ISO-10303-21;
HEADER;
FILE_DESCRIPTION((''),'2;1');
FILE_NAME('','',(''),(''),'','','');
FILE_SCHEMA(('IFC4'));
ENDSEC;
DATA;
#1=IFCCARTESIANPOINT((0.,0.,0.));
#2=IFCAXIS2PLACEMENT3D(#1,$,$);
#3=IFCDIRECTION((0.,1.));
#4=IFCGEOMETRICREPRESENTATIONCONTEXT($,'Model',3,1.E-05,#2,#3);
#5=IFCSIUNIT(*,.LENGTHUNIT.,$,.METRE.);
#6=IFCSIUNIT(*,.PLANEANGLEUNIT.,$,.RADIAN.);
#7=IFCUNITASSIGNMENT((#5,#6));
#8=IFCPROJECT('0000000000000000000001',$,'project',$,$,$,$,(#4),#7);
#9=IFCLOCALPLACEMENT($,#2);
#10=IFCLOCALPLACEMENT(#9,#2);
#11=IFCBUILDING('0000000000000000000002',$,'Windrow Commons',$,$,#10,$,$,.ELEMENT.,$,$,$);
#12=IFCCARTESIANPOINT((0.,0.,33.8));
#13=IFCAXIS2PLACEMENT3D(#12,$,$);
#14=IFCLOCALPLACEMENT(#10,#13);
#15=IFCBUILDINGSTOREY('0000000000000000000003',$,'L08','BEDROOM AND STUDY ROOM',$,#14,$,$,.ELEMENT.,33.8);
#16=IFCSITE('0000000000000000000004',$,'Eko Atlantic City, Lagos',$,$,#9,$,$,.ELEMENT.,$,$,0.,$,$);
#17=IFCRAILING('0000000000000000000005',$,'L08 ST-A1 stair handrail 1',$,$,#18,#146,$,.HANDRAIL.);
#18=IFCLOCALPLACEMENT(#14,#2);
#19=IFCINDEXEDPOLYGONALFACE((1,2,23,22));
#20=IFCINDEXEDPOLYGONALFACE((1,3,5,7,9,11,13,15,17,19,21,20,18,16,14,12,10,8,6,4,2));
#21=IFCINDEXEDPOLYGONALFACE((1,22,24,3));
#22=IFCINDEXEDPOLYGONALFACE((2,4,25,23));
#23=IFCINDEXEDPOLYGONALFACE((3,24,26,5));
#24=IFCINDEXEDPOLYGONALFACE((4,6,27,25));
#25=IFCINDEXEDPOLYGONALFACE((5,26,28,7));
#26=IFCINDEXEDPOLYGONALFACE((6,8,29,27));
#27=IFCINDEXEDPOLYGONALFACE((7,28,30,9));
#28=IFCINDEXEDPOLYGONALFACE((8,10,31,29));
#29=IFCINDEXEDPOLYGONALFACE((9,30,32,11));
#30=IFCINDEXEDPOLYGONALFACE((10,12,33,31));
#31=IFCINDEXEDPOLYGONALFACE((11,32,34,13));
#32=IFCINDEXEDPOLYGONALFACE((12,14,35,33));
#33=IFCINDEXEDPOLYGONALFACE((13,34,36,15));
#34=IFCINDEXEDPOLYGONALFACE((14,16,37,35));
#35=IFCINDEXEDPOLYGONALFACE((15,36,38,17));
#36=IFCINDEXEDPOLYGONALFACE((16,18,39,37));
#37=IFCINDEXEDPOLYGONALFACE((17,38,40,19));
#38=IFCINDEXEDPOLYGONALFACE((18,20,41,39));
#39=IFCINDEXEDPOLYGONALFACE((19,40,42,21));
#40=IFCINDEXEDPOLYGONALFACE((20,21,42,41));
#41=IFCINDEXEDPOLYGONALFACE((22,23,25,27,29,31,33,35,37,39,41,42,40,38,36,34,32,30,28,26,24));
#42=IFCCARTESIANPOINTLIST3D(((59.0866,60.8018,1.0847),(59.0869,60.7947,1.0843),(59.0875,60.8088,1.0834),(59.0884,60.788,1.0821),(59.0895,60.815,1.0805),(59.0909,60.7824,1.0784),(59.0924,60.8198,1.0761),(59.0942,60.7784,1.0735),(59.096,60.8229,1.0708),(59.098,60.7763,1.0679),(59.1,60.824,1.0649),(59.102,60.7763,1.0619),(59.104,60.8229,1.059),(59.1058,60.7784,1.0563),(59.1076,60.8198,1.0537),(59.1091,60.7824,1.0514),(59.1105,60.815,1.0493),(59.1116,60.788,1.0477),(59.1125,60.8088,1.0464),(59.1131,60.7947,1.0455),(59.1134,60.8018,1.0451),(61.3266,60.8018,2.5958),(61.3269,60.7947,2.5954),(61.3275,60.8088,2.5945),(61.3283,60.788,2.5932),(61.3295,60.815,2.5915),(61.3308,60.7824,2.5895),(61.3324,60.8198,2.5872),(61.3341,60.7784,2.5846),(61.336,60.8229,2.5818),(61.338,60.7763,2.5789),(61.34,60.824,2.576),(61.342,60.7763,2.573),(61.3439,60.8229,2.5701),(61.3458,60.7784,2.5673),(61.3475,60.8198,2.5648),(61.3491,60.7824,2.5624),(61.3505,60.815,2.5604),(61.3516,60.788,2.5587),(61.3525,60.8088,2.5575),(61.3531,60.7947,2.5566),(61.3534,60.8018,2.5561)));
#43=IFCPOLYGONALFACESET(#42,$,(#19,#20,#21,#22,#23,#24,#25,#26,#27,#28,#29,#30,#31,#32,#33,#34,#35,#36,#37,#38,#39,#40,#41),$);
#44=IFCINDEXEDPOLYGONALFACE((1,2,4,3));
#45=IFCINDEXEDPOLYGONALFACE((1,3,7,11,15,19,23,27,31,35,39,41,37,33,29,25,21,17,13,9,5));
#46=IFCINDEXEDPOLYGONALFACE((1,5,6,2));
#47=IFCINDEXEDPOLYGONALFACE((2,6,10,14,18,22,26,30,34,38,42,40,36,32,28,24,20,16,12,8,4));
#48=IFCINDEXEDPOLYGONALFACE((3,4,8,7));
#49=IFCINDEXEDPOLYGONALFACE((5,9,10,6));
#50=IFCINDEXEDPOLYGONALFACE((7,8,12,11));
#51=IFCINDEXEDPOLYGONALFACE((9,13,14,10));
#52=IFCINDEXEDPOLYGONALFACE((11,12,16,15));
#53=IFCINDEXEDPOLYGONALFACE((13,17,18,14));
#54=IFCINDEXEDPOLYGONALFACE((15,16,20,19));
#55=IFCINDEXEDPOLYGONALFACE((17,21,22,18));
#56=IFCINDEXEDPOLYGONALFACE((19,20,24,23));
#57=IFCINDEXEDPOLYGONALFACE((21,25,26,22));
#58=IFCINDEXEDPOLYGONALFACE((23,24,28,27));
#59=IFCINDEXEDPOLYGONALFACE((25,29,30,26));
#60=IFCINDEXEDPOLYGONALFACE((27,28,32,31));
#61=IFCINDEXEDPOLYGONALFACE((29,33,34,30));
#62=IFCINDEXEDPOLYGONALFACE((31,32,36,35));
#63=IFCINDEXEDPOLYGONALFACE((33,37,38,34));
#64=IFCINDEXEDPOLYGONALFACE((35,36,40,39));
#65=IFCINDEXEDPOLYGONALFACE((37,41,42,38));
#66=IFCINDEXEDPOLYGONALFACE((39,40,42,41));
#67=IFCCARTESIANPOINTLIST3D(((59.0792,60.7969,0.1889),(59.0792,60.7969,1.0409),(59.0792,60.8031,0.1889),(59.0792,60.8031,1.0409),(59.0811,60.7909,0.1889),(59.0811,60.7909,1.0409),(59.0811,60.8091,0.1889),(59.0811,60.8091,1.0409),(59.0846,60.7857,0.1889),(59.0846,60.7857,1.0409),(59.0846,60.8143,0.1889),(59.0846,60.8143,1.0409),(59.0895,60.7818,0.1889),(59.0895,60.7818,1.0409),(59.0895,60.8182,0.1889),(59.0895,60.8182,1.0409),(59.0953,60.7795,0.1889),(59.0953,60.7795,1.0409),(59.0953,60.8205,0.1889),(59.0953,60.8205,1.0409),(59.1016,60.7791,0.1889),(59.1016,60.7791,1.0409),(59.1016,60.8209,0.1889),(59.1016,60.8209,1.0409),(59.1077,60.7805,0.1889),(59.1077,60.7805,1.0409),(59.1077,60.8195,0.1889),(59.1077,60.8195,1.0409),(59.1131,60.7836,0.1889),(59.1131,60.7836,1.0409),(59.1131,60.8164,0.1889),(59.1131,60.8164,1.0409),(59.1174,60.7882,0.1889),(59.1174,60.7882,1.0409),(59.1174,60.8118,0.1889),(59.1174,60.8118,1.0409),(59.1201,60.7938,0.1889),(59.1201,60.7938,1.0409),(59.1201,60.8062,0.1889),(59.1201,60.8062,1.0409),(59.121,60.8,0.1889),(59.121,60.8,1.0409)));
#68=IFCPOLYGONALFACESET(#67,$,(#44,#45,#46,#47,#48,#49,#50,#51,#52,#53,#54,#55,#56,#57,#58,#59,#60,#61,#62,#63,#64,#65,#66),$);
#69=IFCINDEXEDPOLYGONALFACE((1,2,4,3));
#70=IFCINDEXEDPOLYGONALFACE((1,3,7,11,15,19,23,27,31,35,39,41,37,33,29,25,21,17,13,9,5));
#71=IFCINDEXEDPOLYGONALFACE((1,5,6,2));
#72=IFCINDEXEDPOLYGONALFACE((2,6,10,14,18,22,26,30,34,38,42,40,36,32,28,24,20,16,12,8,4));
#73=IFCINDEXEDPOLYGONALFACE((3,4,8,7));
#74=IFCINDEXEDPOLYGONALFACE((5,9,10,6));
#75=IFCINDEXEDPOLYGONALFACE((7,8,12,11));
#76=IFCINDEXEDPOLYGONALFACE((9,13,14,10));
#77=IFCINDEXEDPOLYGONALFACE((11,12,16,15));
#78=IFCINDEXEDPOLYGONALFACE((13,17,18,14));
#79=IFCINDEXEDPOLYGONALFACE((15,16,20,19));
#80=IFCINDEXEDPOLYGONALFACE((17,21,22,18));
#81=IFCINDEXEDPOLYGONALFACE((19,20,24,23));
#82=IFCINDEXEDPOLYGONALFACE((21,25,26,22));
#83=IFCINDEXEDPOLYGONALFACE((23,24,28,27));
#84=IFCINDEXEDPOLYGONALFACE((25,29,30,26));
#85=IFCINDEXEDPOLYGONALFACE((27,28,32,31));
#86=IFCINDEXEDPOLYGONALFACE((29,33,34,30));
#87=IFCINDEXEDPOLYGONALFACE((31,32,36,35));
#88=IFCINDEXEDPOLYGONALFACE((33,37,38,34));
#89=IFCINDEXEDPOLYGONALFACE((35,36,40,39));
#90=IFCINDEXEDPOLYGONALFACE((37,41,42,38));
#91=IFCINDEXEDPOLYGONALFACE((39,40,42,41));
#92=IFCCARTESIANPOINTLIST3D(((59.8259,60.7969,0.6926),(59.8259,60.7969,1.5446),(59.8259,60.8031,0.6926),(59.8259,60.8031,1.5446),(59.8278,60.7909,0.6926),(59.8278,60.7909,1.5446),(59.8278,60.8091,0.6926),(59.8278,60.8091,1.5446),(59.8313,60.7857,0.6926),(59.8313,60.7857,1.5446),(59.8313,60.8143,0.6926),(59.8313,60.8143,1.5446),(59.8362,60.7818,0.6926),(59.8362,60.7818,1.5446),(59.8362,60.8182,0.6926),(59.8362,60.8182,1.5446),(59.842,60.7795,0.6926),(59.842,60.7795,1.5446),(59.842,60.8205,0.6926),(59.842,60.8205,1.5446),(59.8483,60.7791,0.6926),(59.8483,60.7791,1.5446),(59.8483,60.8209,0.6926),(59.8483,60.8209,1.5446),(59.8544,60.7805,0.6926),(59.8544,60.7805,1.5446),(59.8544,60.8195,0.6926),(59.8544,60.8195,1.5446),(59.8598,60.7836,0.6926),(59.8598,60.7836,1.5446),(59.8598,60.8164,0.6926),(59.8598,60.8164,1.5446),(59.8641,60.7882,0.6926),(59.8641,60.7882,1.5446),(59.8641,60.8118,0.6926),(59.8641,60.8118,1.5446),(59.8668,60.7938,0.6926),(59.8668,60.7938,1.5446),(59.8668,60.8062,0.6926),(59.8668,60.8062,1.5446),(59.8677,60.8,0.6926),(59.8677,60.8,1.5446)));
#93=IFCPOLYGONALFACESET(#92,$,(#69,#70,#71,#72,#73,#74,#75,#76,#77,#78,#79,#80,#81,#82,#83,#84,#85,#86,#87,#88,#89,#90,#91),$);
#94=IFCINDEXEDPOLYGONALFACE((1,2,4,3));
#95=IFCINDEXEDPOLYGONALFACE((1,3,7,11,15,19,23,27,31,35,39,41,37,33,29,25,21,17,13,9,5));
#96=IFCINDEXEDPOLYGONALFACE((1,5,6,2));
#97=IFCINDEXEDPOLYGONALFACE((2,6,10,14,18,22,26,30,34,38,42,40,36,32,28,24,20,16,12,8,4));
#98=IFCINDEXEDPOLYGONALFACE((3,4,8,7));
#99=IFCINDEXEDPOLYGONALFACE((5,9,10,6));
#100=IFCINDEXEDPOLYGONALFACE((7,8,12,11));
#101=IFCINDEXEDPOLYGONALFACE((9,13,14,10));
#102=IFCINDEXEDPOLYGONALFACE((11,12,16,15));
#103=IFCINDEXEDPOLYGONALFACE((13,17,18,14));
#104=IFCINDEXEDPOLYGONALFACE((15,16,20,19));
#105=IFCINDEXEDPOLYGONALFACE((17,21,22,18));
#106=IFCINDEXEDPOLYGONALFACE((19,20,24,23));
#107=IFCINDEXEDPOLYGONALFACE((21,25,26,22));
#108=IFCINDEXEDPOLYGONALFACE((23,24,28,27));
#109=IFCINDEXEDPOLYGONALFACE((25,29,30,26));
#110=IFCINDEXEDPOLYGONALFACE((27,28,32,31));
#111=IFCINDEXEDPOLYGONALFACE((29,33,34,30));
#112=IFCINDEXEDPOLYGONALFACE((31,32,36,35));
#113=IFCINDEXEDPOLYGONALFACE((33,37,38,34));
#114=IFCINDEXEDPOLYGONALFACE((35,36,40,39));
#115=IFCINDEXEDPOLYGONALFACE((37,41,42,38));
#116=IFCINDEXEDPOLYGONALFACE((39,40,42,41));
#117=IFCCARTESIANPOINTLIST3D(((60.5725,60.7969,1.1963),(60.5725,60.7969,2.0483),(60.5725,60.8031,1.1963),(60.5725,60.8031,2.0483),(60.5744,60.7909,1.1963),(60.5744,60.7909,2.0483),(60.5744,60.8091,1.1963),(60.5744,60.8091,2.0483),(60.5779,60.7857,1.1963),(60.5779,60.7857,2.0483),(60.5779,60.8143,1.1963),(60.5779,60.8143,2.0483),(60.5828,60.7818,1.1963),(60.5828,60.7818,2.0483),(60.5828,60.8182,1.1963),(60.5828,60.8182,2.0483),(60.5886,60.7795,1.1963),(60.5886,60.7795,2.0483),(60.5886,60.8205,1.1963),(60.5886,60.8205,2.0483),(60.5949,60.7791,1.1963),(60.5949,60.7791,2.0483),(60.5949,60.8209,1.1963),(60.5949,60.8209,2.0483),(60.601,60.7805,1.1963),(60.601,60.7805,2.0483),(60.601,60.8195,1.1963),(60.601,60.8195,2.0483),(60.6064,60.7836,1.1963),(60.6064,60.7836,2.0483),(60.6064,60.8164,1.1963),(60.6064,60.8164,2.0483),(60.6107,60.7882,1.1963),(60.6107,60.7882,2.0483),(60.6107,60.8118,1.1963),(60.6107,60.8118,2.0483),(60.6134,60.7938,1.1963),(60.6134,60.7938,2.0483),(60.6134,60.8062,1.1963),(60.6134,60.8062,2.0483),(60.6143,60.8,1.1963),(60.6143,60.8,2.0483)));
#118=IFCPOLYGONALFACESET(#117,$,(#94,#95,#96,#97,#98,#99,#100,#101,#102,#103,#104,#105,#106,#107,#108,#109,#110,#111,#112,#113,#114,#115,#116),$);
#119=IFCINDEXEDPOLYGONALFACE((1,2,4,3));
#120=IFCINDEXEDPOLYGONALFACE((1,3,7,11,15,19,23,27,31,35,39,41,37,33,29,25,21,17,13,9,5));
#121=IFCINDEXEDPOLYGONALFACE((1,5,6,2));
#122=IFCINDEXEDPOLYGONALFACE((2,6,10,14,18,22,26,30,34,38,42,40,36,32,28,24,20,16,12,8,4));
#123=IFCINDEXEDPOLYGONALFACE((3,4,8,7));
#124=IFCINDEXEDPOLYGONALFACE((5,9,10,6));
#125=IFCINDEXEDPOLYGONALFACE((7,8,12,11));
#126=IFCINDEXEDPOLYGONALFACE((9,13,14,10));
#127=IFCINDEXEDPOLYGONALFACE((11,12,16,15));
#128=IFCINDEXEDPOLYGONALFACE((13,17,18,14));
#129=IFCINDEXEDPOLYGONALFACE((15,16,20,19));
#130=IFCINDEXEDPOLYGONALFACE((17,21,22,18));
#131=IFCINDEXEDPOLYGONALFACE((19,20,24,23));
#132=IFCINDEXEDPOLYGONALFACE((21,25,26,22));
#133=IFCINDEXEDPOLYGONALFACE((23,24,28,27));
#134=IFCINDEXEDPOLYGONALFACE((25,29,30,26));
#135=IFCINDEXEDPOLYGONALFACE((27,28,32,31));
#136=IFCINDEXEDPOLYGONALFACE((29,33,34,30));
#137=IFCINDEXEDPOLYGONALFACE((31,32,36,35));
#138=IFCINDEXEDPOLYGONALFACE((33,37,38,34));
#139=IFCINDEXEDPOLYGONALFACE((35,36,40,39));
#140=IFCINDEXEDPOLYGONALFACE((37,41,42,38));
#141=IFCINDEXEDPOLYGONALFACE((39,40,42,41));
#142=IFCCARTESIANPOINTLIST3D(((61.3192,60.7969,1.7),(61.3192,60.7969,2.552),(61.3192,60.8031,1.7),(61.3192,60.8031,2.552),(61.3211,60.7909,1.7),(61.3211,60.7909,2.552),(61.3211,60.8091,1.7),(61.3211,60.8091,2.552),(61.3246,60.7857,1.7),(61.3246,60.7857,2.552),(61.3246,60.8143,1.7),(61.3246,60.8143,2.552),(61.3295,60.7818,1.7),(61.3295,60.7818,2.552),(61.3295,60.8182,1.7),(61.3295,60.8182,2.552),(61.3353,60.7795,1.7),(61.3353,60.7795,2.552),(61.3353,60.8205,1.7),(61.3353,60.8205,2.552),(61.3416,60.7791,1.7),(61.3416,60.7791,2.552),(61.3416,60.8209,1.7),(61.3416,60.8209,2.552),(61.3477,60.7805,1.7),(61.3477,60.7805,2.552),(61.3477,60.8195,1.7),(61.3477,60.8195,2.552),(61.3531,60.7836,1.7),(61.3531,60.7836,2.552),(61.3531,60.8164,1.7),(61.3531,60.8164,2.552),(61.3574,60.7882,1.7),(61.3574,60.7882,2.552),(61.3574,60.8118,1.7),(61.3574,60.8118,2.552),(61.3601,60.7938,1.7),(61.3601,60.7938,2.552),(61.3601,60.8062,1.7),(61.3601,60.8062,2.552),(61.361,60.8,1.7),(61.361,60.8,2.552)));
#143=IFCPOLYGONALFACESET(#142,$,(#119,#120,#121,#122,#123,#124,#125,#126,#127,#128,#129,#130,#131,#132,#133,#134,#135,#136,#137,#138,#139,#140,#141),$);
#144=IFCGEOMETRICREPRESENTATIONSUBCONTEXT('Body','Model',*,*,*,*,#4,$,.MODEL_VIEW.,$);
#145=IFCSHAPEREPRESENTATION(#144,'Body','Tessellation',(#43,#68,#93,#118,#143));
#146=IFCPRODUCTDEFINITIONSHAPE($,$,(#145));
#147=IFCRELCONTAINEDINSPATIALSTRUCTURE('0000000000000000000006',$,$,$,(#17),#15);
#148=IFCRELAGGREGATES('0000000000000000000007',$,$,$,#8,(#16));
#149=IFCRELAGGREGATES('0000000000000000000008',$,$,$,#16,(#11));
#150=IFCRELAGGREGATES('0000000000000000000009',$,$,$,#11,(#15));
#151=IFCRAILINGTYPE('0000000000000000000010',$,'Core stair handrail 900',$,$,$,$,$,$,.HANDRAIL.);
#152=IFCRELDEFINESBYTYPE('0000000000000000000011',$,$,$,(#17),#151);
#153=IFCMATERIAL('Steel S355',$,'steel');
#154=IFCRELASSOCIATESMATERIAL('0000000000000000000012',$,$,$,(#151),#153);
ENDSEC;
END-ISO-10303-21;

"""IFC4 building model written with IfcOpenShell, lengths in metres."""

from ifc_helpers import new_model, si_unit, direction, frame, origin, origin_2d, place, context, subcontext, project, spatial, circle, extrude, material, type_object, element, save


model = new_model("IFC4")

# Units and contexts
model_context = context("Model", 3, precision=1e-05, world=origin(), true_north=direction((0.0, 1.0)))
body_context = subcontext(model_context, "Body", "Model", "MODEL_VIEW")
ifc_project = project(units=[si_unit("LENGTHUNIT", "METRE"), si_unit("PLANEANGLEUNIT", "RADIAN")], contexts=[model_context])

# Site, building, storey
site_placement = place(None, origin())
site = spatial("IfcSite", under=ifc_project, at=site_placement, Name="Eko Atlantic City, Lagos", CompositionType="ELEMENT", RefElevation=0.0)
building_placement = place(site_placement, origin())
building = spatial("IfcBuilding", under=site, at=building_placement, Name="Windrow Commons", CompositionType="ELEMENT")
storey_placement = place(building_placement, frame((0.0, 0.0, 33.8)))
storey = spatial("IfcBuildingStorey", under=building, at=storey_placement, Name="L08", Description="BEDROOM AND STUDY ROOM", CompositionType="ELEMENT", Elevation=33.8)

# Railing
ifc_material_1 = material(Name="Steel S355", Category="steel")
railing_type_1 = type_object("IfcRailingType", Name="Core stair handrail 900", PredefinedType="HANDRAIL", material=ifc_material_1)
railing_1_placement = place(storey_placement, frame((59.1, 60.8, 0.1889)))
element("IfcRailing", 1, at=railing_1_placement, inside=storey, type_object=railing_type_1, Name="L08 ST-A1 stair handrail 1", PredefinedType="HANDRAIL", context=body_context, shape_type="SweptSolid", body=[
    extrude(circle(Radius=0.024, at=origin_2d()), frame((0.0, 0.0, 0.876), z_axis=(0.829003, 0.0, 0.559244), x_axis=(0.0, 1.0, 0.0)), (0.0, 0.0, 1.0), 2.702),
    extrude(circle(Radius=0.021, at=origin_2d()), origin(), (0.0, 0.0, 1.0), 0.852),
    extrude(circle(Radius=0.021, at=origin_2d()), frame((0.7467, 0.0, 0.5037)), (0.0, 0.0, 1.0), 0.852),
    extrude(circle(Radius=0.021, at=origin_2d()), frame((1.4933, 0.0, 1.0074)), (0.0, 0.0, 1.0), 0.852),
    extrude(circle(Radius=0.021, at=origin_2d()), frame((2.24, 0.0, 1.5111)), (0.0, 0.0, 1.0), 0.852),
])

save(model, "model.ifc")
